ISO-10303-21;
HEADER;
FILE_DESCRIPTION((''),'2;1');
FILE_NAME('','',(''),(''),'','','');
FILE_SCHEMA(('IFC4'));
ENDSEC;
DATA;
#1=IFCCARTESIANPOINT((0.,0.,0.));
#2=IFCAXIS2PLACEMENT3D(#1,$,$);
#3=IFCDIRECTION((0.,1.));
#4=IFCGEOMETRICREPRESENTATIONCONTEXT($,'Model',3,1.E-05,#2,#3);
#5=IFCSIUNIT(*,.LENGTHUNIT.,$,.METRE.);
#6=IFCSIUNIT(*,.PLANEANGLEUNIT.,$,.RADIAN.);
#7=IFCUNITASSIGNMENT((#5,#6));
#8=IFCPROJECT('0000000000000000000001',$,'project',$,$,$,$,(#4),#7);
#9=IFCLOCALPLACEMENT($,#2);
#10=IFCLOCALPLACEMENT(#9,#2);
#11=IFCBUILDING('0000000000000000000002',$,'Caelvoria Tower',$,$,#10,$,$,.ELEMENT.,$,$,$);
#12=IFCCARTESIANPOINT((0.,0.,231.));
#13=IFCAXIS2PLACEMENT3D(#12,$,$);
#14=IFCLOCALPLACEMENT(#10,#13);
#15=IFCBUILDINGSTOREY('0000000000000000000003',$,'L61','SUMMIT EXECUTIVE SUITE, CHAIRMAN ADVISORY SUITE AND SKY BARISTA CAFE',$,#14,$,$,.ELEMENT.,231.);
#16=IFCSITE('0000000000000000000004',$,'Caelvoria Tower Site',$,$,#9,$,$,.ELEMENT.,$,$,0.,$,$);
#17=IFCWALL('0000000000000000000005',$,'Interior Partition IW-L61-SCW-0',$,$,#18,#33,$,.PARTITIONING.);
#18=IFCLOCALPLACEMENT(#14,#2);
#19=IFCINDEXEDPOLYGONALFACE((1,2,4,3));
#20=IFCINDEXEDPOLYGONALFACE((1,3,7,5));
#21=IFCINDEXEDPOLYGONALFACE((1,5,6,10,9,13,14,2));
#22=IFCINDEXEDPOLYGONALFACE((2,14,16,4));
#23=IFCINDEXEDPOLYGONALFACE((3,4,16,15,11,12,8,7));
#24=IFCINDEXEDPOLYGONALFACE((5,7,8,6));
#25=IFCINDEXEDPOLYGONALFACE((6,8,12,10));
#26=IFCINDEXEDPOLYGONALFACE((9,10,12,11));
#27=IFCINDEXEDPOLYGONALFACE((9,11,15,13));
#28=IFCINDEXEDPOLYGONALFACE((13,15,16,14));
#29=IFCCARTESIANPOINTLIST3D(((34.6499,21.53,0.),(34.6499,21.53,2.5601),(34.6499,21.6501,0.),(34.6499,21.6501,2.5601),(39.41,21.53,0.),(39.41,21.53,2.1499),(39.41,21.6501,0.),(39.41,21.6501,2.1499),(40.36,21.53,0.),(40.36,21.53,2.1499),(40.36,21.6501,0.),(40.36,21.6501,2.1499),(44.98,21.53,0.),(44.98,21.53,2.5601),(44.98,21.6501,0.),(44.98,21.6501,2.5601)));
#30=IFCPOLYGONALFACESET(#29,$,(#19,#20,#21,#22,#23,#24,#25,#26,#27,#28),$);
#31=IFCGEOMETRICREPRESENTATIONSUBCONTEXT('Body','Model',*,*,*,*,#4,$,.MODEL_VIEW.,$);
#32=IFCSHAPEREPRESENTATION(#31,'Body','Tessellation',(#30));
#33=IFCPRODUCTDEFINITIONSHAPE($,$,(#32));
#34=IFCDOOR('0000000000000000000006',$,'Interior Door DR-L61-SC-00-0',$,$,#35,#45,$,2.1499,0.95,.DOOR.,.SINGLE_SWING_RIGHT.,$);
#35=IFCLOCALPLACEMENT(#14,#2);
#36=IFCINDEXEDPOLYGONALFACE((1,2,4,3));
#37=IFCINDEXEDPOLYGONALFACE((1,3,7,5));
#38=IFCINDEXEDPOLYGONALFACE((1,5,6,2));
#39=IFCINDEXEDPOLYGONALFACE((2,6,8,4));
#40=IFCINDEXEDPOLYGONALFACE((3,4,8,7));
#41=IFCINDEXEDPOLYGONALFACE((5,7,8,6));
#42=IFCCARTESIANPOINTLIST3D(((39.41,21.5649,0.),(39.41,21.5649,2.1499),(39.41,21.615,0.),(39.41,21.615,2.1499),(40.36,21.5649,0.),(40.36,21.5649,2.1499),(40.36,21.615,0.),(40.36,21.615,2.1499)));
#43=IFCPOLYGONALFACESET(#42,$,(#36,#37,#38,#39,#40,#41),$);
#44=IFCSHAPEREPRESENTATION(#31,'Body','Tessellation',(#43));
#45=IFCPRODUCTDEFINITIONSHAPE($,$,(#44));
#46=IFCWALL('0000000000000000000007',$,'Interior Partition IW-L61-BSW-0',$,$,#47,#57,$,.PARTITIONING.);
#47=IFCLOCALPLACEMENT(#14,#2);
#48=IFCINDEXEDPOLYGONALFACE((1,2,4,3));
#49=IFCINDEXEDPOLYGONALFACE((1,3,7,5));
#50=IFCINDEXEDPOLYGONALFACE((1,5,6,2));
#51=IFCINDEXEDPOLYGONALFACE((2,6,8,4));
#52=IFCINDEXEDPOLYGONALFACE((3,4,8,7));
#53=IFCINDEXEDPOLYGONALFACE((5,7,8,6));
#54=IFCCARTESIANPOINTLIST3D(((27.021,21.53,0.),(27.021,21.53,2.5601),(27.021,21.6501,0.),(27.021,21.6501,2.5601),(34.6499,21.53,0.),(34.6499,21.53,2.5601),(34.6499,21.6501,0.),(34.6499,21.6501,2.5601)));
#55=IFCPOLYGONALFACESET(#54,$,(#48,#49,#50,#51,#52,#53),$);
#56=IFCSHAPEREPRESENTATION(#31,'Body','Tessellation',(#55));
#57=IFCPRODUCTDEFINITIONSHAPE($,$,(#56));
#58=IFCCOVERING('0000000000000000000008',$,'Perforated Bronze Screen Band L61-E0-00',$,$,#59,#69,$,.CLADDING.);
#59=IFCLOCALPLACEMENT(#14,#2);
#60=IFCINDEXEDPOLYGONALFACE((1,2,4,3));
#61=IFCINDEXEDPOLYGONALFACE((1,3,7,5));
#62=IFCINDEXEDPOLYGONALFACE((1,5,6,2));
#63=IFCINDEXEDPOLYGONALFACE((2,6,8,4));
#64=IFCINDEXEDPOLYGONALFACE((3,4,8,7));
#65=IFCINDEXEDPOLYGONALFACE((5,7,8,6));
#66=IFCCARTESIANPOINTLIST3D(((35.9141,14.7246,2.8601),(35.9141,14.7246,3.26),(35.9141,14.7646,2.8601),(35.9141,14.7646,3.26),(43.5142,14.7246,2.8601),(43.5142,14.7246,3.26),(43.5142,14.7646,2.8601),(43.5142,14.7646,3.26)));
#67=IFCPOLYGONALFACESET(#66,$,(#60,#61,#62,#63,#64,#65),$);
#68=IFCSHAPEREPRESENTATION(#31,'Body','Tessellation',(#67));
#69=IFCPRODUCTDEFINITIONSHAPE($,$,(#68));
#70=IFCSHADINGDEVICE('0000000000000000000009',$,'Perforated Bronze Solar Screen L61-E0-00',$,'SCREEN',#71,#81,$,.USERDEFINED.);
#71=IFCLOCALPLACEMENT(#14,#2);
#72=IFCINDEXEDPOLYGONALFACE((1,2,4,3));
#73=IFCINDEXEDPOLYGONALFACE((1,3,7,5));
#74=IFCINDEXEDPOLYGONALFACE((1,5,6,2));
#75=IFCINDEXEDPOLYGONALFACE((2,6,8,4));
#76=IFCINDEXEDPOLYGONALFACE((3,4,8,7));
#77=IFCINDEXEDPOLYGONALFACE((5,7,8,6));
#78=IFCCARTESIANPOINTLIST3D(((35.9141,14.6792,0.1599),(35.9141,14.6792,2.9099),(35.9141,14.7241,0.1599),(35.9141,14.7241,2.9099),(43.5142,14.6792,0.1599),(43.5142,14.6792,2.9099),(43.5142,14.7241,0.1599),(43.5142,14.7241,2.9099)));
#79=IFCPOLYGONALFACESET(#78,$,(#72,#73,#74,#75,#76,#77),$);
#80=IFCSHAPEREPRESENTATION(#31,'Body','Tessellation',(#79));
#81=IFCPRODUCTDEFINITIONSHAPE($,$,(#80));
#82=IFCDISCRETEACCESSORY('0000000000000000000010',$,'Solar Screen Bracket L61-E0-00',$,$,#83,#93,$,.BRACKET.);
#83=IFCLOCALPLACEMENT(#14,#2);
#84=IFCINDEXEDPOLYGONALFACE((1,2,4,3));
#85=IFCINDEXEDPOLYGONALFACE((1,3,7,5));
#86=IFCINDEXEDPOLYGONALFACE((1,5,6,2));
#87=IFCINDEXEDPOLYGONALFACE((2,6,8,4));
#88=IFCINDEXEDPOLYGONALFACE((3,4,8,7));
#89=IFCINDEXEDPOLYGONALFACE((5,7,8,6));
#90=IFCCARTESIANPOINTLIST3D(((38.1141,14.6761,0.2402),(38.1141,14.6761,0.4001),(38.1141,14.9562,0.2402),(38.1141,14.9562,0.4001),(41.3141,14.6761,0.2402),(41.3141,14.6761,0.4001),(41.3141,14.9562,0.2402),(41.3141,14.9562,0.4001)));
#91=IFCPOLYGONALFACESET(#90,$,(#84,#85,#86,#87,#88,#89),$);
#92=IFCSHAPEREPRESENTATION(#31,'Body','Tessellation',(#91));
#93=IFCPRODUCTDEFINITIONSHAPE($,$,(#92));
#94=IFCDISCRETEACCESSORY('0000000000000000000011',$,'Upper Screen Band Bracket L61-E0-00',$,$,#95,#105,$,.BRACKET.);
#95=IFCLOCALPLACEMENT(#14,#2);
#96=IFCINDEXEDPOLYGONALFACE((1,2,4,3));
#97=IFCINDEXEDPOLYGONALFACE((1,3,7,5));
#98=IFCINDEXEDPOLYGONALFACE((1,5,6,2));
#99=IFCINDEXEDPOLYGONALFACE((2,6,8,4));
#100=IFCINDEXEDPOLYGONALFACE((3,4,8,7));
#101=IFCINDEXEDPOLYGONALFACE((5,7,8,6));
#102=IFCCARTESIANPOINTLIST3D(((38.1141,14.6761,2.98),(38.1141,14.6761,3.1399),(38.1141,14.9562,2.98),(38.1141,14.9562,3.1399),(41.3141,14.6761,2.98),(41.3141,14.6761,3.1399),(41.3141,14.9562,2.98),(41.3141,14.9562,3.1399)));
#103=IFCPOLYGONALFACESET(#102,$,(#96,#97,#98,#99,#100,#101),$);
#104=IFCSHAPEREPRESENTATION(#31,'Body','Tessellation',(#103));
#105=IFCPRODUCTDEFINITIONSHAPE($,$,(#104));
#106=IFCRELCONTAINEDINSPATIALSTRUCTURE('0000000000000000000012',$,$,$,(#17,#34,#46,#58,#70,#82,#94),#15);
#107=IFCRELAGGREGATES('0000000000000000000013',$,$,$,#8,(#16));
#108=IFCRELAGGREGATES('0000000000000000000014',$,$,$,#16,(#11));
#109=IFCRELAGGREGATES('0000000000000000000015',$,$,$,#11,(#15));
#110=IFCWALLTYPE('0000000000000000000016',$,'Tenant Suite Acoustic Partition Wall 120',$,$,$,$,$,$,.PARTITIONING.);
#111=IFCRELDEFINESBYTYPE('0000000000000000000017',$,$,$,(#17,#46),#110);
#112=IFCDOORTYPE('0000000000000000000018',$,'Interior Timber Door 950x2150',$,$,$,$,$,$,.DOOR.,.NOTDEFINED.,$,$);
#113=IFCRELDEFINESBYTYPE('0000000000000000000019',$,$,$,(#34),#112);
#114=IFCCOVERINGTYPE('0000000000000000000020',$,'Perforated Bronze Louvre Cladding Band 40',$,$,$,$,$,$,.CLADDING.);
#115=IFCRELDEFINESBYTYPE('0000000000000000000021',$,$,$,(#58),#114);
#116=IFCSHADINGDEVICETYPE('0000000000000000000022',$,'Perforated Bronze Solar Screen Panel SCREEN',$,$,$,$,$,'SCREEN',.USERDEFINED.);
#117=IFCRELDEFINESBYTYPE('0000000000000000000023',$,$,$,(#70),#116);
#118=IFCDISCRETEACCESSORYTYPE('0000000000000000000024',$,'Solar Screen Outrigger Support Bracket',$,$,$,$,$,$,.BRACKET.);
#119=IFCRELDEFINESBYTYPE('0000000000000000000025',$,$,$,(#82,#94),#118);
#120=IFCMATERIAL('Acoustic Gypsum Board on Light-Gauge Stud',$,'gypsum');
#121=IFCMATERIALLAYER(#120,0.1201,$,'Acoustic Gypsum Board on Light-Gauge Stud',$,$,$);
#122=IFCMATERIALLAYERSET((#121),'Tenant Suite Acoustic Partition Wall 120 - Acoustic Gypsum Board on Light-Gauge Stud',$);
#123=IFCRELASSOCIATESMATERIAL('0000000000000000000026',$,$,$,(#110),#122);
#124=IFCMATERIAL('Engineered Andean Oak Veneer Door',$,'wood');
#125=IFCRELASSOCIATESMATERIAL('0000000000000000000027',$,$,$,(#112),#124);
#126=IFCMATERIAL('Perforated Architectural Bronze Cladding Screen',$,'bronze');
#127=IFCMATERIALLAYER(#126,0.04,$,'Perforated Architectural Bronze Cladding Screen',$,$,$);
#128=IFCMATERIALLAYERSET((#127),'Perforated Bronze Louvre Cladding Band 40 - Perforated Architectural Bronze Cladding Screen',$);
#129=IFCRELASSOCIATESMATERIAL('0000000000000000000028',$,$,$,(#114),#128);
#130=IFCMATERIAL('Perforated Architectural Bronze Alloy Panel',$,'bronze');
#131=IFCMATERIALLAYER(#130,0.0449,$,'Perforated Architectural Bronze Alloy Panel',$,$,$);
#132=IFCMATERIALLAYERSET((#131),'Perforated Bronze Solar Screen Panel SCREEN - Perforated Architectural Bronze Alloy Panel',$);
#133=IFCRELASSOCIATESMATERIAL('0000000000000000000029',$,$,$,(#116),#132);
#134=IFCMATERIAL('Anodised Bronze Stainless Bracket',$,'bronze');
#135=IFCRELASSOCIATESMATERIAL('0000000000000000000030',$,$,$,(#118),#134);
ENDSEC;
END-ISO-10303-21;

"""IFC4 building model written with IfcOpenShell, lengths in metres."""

from ifc_helpers import new_model, si_unit, direction, frame, frame_2d, origin, origin_2d, place, context, subcontext, project, spatial, rectangle, extrude, material, layer, layer_set, type_object, element, fill, save


model = new_model("IFC4")

# Units and contexts
model_context = context("Model", 3, precision=1e-05, world=origin(), true_north=direction((0.0, 1.0)))
body_context = subcontext(model_context, "Body", "Model", "MODEL_VIEW")
ifc_project = project(units=[si_unit("LENGTHUNIT", "METRE"), si_unit("PLANEANGLEUNIT", "RADIAN")], contexts=[model_context])

# Site, building, storey
site_placement = place(None, origin())
site = spatial("IfcSite", under=ifc_project, at=site_placement, Name="Caelvoria Tower Site", CompositionType="ELEMENT", RefElevation=0.0)
building_placement = place(site_placement, origin())
building = spatial("IfcBuilding", under=site, at=building_placement, Name="Caelvoria Tower", CompositionType="ELEMENT")
storey_placement = place(building_placement, frame((0.0, 0.0, 231.0)))
storey = spatial("IfcBuildingStorey", under=building, at=storey_placement, Name="L61", Description="SUMMIT EXECUTIVE SUITE, CHAIRMAN ADVISORY SUITE AND SKY BARISTA CAFE", CompositionType="ELEMENT", Elevation=231.0)

# Wall, opening, door
ifc_material_1 = material(Name="Acoustic Gypsum Board on Light-Gauge Stud", Category="gypsum")
ifc_layer_1 = layer(ifc_material_1, 0.1201, Name="Acoustic Gypsum Board on Light-Gauge Stud")
ifc_layer_set_1 = layer_set([ifc_layer_1], Name="Tenant Suite Acoustic Partition Wall 120 - Acoustic Gypsum Board on Light-Gauge Stud")
wall_type = type_object("IfcWallType", Name="Tenant Suite Acoustic Partition Wall 120", PredefinedType="PARTITIONING", material=ifc_layer_set_1)
wall_1_placement = place(storey_placement, frame((34.6499, 21.5901, 0.0), z_axis=(0.0, 0.0, 1.0), x_axis=(1.0, 0.0, 0.0)))
wall_1 = element("IfcWall", 1, at=wall_1_placement, inside=storey, type_object=wall_type, Name="Interior Partition IW-L61-SCW-0", PredefinedType="PARTITIONING", context=body_context, shape_type="SweptSolid", body=[
    extrude(rectangle(XDim=10.3301, YDim=0.1201, at=frame_2d((5.165, 0.0))), origin(), (0.0, 0.0, 1.0), 2.5601),
])
opening_placement = place(wall_1_placement, frame((4.76, 0.0, 0.0)))
opening = element("IfcOpeningElement", 2, at=opening_placement, cuts=wall_1, PredefinedType="OPENING", context=body_context, shape_type="SweptSolid", body=[
    extrude(rectangle(XDim=0.95, YDim=2.1499, at=frame_2d((0.4751, 1.075))), frame((0.0, 0.0701, 0.0), z_axis=(0.0, -1.0, 0.0), x_axis=(1.0, 0.0, 0.0)), (0.0, 0.0, 1.0), 0.1401),
])
ifc_material_2 = material(Name="Engineered Andean Oak Veneer Door", Category="wood")
door_type = type_object("IfcDoorType", Name="Interior Timber Door 950x2150", OperationType="NOTDEFINED", PredefinedType="DOOR", material=ifc_material_2)
door_placement = place(opening_placement, origin())
door = element("IfcDoor", 3, at=door_placement, inside=storey, type_object=door_type, Name="Interior Door DR-L61-SC-00-0", OperationType="SINGLE_SWING_RIGHT", OverallHeight=2.1499, OverallWidth=0.95, PredefinedType="DOOR", context=body_context, shape_type="SweptSolid", body=[
    extrude(rectangle(XDim=0.95, YDim=2.1499, at=frame_2d((0.4751, 1.075))), frame((0.0, 0.0249, 0.0), z_axis=(0.0, -1.0, 0.0), x_axis=(1.0, 0.0, 0.0)), (0.0, 0.0, 1.0), 0.05),
])
fill(opening, door)

# Wall
wall_2_placement = place(storey_placement, frame((34.6499, 21.5901, 0.0), z_axis=(0.0, 0.0, 1.0), x_axis=(-1.0, 0.0, 0.0)))
element("IfcWall", 4, at=wall_2_placement, inside=storey, type_object=wall_type, Name="Interior Partition IW-L61-BSW-0", PredefinedType="PARTITIONING", context=body_context, shape_type="SweptSolid", body=[
    extrude(rectangle(XDim=7.6289, YDim=0.1201, at=frame_2d((3.8145, 0.0))), origin(), (0.0, 0.0, 1.0), 2.5601),
])

# Covering
ifc_material_3 = material(Name="Perforated Architectural Bronze Cladding Screen", Category="bronze")
ifc_layer_2 = layer(ifc_material_3, 0.04, Name="Perforated Architectural Bronze Cladding Screen")
ifc_layer_set_2 = layer_set([ifc_layer_2], Name="Perforated Bronze Louvre Cladding Band 40 - Perforated Architectural Bronze Cladding Screen")
covering_type = type_object("IfcCoveringType", Name="Perforated Bronze Louvre Cladding Band 40", PredefinedType="CLADDING", material=ifc_layer_set_2)
covering_placement = place(storey_placement, frame((39.7141, 14.7446, 2.8601), z_axis=(0.0, 0.0, 1.0), x_axis=(1.0, 0.0, 0.0)))
element("IfcCovering", 5, at=covering_placement, inside=storey, type_object=covering_type, Name="Perforated Bronze Screen Band L61-E0-00", PredefinedType="CLADDING", context=body_context, shape_type="SweptSolid", body=[
    extrude(rectangle(XDim=7.6001, YDim=0.04, at=origin_2d()), origin(), (0.0, 0.0, 1.0), 0.3999),
])

# Shading device
ifc_material_4 = material(Name="Perforated Architectural Bronze Alloy Panel", Category="bronze")
ifc_layer_3 = layer(ifc_material_4, 0.0449, Name="Perforated Architectural Bronze Alloy Panel")
ifc_layer_set_3 = layer_set([ifc_layer_3], Name="Perforated Bronze Solar Screen Panel SCREEN - Perforated Architectural Bronze Alloy Panel")
shading_device_type = type_object("IfcShadingDeviceType", Name="Perforated Bronze Solar Screen Panel SCREEN", ElementType="SCREEN", PredefinedType="USERDEFINED", material=ifc_layer_set_3)
shading_device_placement = place(storey_placement, frame((39.7141, 14.7017, 0.1599), z_axis=(0.0, 0.0, 1.0), x_axis=(1.0, 0.0, 0.0)))
element("IfcShadingDevice", 6, at=shading_device_placement, inside=storey, type_object=shading_device_type, Name="Perforated Bronze Solar Screen L61-E0-00", ObjectType="SCREEN", PredefinedType="USERDEFINED", context=body_context, shape_type="SweptSolid", body=[
    extrude(rectangle(XDim=7.6001, YDim=0.0449, at=origin_2d()), origin(), (0.0, 0.0, 1.0), 2.75),
])

# Discrete accessories
ifc_material_5 = material(Name="Anodised Bronze Stainless Bracket", Category="bronze")
discrete_accessory_type = type_object("IfcDiscreteAccessoryType", Name="Solar Screen Outrigger Support Bracket", PredefinedType="BRACKET", material=ifc_material_5)
for number, where, z_axis, x_axis, name in (
    (7, (39.7141, 14.8162, 0.2402), (0.0, 0.0, 1.0), (1.0, 0.0, 0.0), "Solar Screen Bracket L61-E0-00"),
    (8, (39.7141, 14.8162, 2.98), (0.0, 0.0, 1.0), (1.0, 0.0, 0.0), "Upper Screen Band Bracket L61-E0-00"),
):
    element("IfcDiscreteAccessory", number, at=place(storey_placement, frame(where, z_axis=z_axis, x_axis=x_axis)), inside=storey, type_object=discrete_accessory_type, Name=name, PredefinedType="BRACKET", context=body_context, shape_type="SweptSolid", body=[
        extrude(rectangle(XDim=3.2, YDim=0.28, at=origin_2d()), origin(), (0.0, 0.0, 1.0), 0.1599),
    ])

save(model, "model.ifc")
